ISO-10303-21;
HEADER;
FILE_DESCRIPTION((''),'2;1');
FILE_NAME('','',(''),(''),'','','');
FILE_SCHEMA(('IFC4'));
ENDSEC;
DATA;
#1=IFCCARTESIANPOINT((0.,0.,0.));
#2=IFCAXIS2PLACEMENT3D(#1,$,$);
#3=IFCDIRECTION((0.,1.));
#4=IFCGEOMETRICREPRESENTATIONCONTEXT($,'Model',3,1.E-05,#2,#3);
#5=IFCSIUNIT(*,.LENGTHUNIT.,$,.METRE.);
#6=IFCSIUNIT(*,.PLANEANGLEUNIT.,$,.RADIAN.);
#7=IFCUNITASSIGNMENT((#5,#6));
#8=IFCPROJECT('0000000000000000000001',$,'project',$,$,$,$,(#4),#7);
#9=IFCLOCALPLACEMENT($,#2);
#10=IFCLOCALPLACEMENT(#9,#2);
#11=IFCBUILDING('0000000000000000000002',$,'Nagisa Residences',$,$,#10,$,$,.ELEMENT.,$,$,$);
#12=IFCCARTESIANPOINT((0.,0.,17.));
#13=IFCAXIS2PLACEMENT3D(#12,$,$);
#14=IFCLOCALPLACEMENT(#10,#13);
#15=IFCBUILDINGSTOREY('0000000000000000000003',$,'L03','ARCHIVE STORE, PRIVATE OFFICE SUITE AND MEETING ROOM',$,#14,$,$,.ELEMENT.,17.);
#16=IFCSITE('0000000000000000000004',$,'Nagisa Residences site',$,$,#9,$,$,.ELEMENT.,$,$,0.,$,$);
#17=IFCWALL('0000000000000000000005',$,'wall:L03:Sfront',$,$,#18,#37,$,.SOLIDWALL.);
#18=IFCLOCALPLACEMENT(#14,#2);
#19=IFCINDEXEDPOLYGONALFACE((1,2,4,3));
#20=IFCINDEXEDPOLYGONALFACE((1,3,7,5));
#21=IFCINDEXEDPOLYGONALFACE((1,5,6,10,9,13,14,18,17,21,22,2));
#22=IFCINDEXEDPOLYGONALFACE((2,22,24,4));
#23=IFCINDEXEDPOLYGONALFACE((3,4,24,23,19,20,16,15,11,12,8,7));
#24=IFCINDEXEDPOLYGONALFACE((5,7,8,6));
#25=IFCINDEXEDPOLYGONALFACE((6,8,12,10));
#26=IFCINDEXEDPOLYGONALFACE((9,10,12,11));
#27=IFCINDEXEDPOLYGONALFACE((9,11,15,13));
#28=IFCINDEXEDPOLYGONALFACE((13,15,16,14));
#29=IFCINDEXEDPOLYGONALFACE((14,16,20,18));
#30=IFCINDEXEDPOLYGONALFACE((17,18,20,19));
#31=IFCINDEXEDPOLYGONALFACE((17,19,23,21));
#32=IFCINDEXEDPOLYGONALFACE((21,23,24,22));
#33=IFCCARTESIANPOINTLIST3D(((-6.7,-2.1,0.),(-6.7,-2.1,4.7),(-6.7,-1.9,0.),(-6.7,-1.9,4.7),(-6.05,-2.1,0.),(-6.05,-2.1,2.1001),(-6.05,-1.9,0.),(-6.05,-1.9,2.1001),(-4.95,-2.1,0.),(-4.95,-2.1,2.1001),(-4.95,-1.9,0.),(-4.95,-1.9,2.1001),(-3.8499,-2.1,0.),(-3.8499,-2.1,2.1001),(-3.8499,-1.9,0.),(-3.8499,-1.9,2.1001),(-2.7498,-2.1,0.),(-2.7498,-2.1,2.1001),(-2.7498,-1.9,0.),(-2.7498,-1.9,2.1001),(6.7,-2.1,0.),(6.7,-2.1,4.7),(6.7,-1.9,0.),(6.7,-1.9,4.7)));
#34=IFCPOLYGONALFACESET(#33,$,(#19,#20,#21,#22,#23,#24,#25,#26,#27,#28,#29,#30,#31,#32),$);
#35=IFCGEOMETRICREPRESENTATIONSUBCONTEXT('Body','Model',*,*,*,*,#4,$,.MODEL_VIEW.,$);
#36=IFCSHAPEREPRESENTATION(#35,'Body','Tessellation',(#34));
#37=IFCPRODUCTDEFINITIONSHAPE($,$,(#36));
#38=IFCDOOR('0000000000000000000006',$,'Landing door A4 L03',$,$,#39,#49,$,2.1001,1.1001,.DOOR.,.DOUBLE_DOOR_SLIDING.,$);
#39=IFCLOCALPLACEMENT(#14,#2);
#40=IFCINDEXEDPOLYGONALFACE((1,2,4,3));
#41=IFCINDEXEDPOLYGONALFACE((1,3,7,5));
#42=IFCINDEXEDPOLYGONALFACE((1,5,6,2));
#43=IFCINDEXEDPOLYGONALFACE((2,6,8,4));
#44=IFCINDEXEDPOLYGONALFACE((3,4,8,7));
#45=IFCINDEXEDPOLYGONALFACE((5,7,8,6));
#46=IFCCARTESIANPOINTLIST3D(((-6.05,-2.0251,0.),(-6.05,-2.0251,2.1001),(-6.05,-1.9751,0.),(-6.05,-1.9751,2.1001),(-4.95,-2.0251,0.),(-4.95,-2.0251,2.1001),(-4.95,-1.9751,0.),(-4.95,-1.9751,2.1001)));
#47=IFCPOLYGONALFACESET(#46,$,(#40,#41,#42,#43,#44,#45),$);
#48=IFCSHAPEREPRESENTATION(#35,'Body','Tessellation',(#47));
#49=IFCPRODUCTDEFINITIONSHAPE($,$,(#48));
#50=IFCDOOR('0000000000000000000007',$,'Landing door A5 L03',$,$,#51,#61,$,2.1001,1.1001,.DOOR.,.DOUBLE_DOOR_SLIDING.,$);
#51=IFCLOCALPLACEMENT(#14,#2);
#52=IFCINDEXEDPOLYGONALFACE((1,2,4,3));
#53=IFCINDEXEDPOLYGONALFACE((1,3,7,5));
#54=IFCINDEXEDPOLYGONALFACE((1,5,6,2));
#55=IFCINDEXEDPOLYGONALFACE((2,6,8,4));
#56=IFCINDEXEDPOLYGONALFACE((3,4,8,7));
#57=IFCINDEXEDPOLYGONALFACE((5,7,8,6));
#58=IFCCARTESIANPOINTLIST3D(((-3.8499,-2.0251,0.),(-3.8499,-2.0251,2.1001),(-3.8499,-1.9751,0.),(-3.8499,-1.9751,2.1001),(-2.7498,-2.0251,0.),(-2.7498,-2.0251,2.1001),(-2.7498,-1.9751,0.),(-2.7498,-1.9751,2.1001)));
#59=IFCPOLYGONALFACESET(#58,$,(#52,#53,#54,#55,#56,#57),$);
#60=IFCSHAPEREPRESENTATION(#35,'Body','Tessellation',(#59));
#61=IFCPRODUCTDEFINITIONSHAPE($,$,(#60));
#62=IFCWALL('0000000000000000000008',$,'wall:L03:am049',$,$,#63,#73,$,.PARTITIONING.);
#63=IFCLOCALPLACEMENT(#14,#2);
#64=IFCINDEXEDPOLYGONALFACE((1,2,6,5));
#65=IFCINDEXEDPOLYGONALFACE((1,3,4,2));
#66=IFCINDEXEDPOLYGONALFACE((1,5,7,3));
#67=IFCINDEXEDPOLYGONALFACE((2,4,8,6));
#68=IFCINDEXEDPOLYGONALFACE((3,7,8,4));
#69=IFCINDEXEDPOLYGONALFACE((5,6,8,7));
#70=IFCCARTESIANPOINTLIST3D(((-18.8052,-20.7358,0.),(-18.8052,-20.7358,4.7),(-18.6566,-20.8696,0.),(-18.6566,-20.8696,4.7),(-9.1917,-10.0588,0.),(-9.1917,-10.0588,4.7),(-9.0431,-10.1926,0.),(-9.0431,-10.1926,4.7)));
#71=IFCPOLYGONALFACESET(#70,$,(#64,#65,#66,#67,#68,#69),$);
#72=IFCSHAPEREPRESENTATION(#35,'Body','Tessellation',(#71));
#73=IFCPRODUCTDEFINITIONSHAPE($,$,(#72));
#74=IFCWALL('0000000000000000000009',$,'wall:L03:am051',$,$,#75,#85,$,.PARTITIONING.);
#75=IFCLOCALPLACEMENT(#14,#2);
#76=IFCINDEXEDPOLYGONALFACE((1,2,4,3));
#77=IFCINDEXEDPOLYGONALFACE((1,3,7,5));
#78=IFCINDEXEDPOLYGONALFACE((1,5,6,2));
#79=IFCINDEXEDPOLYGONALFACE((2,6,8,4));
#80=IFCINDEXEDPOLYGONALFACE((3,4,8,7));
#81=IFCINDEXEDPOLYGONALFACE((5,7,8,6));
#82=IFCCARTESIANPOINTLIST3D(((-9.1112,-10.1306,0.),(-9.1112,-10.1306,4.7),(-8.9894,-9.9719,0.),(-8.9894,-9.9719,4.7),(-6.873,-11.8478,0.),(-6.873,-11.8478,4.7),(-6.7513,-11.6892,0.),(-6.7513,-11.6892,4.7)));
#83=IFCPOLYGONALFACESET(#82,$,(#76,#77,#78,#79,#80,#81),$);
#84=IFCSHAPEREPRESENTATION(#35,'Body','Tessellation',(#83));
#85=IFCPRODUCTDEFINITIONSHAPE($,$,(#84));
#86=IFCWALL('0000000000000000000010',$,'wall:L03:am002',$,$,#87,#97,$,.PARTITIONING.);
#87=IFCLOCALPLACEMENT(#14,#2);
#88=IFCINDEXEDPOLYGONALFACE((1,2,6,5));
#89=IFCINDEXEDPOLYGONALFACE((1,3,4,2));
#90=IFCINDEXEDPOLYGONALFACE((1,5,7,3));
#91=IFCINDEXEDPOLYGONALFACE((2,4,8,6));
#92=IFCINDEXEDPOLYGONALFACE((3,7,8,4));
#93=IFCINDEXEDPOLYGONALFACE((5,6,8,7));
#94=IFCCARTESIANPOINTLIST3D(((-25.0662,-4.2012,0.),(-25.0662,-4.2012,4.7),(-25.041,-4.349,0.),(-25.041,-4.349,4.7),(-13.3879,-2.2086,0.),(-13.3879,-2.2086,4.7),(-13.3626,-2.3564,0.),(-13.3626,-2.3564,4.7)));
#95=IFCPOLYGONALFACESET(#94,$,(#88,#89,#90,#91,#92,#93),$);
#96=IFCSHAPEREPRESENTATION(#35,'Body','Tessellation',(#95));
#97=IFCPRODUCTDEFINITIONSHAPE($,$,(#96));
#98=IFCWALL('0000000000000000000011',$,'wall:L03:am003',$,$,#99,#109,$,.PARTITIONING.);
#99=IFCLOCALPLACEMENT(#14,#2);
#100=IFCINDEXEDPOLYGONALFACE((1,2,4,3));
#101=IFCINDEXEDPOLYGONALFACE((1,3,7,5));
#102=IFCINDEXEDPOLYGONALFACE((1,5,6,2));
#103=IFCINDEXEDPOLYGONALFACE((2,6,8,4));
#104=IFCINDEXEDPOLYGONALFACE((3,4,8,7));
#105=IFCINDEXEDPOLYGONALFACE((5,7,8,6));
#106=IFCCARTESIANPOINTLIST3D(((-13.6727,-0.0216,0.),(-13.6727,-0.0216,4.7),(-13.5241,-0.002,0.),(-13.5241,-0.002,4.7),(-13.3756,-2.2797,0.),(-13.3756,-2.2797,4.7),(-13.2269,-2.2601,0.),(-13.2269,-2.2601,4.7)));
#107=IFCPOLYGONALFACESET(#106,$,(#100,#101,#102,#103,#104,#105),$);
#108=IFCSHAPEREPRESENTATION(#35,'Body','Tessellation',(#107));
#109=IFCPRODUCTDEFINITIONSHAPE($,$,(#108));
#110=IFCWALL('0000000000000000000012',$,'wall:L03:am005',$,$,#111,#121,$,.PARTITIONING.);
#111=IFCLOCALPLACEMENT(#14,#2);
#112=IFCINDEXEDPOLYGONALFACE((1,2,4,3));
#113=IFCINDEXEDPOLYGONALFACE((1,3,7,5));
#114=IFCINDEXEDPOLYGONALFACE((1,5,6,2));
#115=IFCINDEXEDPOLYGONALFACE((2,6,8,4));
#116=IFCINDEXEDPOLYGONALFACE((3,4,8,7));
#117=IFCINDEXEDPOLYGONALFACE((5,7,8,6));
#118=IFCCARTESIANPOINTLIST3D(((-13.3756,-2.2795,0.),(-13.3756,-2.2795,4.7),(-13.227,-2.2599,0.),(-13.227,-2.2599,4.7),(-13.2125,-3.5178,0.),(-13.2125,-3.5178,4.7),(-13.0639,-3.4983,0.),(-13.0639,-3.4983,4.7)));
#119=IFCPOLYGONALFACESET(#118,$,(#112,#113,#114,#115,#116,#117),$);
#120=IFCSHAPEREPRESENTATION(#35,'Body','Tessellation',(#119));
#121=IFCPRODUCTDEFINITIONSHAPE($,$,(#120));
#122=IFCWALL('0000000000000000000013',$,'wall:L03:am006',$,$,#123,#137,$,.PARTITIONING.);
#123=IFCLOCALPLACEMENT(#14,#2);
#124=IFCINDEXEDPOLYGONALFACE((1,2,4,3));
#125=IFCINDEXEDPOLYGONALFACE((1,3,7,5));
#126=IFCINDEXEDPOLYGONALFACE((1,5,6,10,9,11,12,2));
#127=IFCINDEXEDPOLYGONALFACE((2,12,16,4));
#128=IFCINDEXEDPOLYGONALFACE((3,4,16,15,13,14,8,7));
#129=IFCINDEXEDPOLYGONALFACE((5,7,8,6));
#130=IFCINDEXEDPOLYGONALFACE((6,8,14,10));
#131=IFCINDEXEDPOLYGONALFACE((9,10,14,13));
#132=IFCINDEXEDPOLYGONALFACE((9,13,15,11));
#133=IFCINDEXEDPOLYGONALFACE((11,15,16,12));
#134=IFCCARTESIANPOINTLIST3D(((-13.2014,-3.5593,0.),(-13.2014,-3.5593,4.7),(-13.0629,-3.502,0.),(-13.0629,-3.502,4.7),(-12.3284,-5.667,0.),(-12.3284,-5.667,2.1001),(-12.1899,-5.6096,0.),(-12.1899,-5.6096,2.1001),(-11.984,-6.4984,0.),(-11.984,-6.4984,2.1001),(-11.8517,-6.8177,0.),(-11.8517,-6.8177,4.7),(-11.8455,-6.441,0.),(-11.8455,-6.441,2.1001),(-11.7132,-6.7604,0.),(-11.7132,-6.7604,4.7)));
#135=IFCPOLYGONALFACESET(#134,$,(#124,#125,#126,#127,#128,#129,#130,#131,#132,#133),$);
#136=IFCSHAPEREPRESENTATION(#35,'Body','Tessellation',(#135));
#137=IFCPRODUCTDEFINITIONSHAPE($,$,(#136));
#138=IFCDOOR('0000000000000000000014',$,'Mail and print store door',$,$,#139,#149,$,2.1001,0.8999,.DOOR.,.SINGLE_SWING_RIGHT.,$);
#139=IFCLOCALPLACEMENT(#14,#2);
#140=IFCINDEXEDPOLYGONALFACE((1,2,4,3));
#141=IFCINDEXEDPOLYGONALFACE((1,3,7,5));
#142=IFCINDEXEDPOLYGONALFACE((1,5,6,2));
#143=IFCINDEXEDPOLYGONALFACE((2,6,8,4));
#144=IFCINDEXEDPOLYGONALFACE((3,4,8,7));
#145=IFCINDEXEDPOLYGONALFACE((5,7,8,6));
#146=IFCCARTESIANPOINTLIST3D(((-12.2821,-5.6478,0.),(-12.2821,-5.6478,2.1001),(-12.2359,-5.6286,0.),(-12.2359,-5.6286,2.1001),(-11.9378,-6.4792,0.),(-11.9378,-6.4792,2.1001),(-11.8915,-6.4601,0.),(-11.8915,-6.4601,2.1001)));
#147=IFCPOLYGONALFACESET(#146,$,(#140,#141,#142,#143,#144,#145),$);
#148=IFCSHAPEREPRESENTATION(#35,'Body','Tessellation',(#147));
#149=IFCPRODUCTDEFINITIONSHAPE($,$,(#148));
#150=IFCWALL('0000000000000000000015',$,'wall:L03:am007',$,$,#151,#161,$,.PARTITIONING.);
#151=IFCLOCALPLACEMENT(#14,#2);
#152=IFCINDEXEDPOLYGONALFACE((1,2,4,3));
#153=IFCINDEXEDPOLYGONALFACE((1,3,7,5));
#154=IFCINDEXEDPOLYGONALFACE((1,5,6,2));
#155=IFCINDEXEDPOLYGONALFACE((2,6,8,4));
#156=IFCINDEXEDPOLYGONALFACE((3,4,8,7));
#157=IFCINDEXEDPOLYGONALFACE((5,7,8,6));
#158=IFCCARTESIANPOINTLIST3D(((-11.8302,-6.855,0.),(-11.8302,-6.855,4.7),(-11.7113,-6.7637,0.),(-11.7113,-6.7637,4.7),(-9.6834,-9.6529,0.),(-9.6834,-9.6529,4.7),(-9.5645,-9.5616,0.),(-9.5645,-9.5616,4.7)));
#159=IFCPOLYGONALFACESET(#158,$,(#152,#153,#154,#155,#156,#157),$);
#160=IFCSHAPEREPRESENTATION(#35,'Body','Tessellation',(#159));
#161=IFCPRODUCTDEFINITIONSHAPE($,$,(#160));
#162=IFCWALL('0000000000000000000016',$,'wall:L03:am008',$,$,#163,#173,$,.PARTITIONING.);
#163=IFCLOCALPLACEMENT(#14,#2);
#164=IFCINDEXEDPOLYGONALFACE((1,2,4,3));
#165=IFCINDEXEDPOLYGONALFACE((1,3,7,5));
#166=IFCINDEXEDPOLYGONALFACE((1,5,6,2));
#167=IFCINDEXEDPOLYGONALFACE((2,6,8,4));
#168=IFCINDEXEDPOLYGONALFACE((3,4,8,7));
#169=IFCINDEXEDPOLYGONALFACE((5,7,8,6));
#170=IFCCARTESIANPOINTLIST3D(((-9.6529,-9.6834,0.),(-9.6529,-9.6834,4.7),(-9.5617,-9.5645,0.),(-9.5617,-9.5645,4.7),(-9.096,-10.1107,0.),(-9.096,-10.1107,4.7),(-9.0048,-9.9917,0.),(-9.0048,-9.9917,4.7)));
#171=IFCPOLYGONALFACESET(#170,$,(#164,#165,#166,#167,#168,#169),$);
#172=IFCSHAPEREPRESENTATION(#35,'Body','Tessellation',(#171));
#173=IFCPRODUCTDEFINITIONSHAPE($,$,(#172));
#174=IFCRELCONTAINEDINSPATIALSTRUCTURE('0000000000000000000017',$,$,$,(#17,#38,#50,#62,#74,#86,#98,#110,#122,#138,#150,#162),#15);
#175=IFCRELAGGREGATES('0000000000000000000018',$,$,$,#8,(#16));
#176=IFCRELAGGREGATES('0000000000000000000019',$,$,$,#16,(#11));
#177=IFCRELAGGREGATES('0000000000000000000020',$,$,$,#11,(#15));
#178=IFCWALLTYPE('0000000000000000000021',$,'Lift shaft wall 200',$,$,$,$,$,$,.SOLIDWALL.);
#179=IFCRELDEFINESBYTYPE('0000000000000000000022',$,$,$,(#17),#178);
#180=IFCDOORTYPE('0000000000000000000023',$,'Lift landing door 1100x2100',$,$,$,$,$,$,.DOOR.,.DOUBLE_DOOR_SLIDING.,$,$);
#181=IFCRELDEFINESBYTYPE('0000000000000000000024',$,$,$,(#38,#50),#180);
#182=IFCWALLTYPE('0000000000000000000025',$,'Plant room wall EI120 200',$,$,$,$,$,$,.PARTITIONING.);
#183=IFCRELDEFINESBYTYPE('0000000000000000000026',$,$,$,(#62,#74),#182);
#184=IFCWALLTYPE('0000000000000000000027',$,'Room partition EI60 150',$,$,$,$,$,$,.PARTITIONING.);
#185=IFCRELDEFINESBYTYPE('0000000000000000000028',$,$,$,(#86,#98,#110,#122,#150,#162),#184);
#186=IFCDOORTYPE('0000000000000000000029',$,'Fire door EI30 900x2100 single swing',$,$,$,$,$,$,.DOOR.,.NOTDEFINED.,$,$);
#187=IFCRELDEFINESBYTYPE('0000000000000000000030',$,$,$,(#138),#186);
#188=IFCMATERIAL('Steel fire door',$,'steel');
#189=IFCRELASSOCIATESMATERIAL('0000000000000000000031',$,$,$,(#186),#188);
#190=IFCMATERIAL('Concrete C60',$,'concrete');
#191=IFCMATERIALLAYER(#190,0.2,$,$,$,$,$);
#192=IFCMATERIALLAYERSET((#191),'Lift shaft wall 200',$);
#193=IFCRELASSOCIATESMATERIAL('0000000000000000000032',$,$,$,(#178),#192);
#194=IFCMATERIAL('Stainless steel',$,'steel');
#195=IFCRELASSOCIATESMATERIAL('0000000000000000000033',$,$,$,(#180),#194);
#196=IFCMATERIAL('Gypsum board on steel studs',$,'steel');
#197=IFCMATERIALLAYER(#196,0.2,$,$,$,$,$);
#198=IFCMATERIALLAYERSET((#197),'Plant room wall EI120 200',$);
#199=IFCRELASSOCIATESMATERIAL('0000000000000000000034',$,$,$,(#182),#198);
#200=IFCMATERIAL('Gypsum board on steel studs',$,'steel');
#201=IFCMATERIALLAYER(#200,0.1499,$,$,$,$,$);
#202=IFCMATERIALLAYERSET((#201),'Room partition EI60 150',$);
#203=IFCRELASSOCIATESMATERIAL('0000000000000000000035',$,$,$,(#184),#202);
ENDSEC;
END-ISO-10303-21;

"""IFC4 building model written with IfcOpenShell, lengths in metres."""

from ifc_helpers import new_model, si_unit, direction, frame, frame_2d, origin, place, context, subcontext, project, spatial, rectangle, extrude, material, layer, layer_set, type_object, element, fill, save


model = new_model("IFC4")

# Units and contexts
model_context = context("Model", 3, precision=1e-05, world=origin(), true_north=direction((0.0, 1.0)))
body_context = subcontext(model_context, "Body", "Model", "MODEL_VIEW")
ifc_project = project(units=[si_unit("LENGTHUNIT", "METRE"), si_unit("PLANEANGLEUNIT", "RADIAN")], contexts=[model_context])

# Site, building, storey
site_placement = place(None, origin())
site = spatial("IfcSite", under=ifc_project, at=site_placement, Name="Nagisa Residences site", CompositionType="ELEMENT", RefElevation=0.0)
building_placement = place(site_placement, origin())
building = spatial("IfcBuilding", under=site, at=building_placement, Name="Nagisa Residences", CompositionType="ELEMENT")
storey_placement = place(building_placement, frame((0.0, 0.0, 17.0)))
storey = spatial("IfcBuildingStorey", under=building, at=storey_placement, Name="L03", Description="ARCHIVE STORE, PRIVATE OFFICE SUITE AND MEETING ROOM", CompositionType="ELEMENT", Elevation=17.0)

# Shared definitions
ifc_material_1 = material(Name="Steel fire door", Category="steel")
door_type_1 = type_object("IfcDoorType", Name="Fire door EI30 900x2100 single swing", OperationType="NOTDEFINED", PredefinedType="DOOR", material=ifc_material_1)

# Wall, openings, doors
ifc_material_2 = material(Name="Concrete C60", Category="concrete")
ifc_layer_1 = layer(ifc_material_2, 0.2)
ifc_layer_set_1 = layer_set([ifc_layer_1], Name="Lift shaft wall 200")
wall_type_1 = type_object("IfcWallType", Name="Lift shaft wall 200", PredefinedType="SOLIDWALL", material=ifc_layer_set_1)
wall_1_placement = place(storey_placement, frame((-6.7, -2.0, 0.0), z_axis=(0.0, 0.0, 1.0), x_axis=(1.0, 0.0, 0.0)))
wall_1 = element("IfcWall", 1, at=wall_1_placement, inside=storey, type_object=wall_type_1, Name="wall:L03:Sfront", PredefinedType="SOLIDWALL", context=body_context, shape_type="SweptSolid", body=[
    extrude(rectangle(XDim=13.3999, YDim=0.2, at=frame_2d((6.7, 0.0))), origin(), (0.0, 0.0, 1.0), 4.7),
])
opening_1_placement = place(wall_1_placement, frame((0.6499, 0.0, 0.0)))
opening_1 = element("IfcOpeningElement", 2, at=opening_1_placement, cuts=wall_1, PredefinedType="OPENING", context=body_context, shape_type="SweptSolid", body=[
    extrude(rectangle(XDim=1.1001, YDim=2.1001, at=frame_2d((0.55, 1.05))), frame((0.0, 0.1099, 0.0), z_axis=(0.0, -1.0, 0.0), x_axis=(1.0, 0.0, 0.0)), (0.0, 0.0, 1.0), 0.22),
])
opening_2_placement = place(wall_1_placement, frame((2.8501, 0.0, 0.0)))
opening_2 = element("IfcOpeningElement", 3, at=opening_2_placement, cuts=wall_1, PredefinedType="OPENING", context=body_context, shape_type="SweptSolid", body=[
    extrude(rectangle(XDim=1.1001, YDim=2.1001, at=frame_2d((0.55, 1.05))), frame((0.0, 0.1099, 0.0), z_axis=(0.0, -1.0, 0.0), x_axis=(1.0, 0.0, 0.0)), (0.0, 0.0, 1.0), 0.22),
])
ifc_material_3 = material(Name="Stainless steel", Category="steel")
door_type_2 = type_object("IfcDoorType", Name="Lift landing door 1100x2100", OperationType="DOUBLE_DOOR_SLIDING", PredefinedType="DOOR", material=ifc_material_3)
door_1_placement = place(opening_1_placement, origin())
door_1 = element("IfcDoor", 4, at=door_1_placement, inside=storey, type_object=door_type_2, Name="Landing door A4 L03", OperationType="DOUBLE_DOOR_SLIDING", OverallHeight=2.1001, OverallWidth=1.1001, PredefinedType="DOOR", context=body_context, shape_type="SweptSolid", body=[
    extrude(rectangle(XDim=1.1001, YDim=2.1001, at=frame_2d((0.55, 1.05))), frame((0.0, 0.0249, 0.0), z_axis=(0.0, -1.0, 0.0), x_axis=(1.0, 0.0, 0.0)), (0.0, 0.0, 1.0), 0.05),
])
fill(opening_1, door_1)
door_2_placement = place(opening_2_placement, origin())
door_2 = element("IfcDoor", 5, at=door_2_placement, inside=storey, type_object=door_type_2, Name="Landing door A5 L03", OperationType="DOUBLE_DOOR_SLIDING", OverallHeight=2.1001, OverallWidth=1.1001, PredefinedType="DOOR", context=body_context, shape_type="SweptSolid", body=[
    extrude(rectangle(XDim=1.1001, YDim=2.1001, at=frame_2d((0.55, 1.05))), frame((0.0, 0.0249, 0.0), z_axis=(0.0, -1.0, 0.0), x_axis=(1.0, 0.0, 0.0)), (0.0, 0.0, 1.0), 0.05),
])
fill(opening_2, door_2)

# Walls
ifc_material_4 = material(Name="Gypsum board on steel studs", Category="steel")
ifc_layer_2 = layer(ifc_material_4, 0.2)
ifc_layer_set_2 = layer_set([ifc_layer_2], Name="Plant room wall EI120 200")
wall_type_2 = type_object("IfcWallType", Name="Plant room wall EI120 200", PredefinedType="PARTITIONING", material=ifc_layer_set_2)
wall_2_placement = place(storey_placement, frame((-9.1174, -10.1257, 0.0), z_axis=(0.0, 0.0, 1.0), x_axis=(-0.669127, -0.743148, 0.0)))
element("IfcWall", 6, at=wall_2_placement, inside=storey, type_object=wall_type_2, Name="wall:L03:am049", PredefinedType="PARTITIONING", context=body_context, shape_type="SweptSolid", body=[
    extrude(rectangle(XDim=14.3672, YDim=0.2, at=frame_2d((7.1836, 0.0))), origin(), (0.0, 0.0, 1.0), 4.7),
])
wall_3_placement = place(storey_placement, frame((-6.812, -11.7686, 0.0), z_axis=(0.0, 0.0, 1.0), x_axis=(-0.793389, 0.608715, 0.0)))
element("IfcWall", 7, at=wall_3_placement, inside=storey, type_object=wall_type_2, Name="wall:L03:am051", PredefinedType="PARTITIONING", context=body_context, shape_type="SweptSolid", body=[
    extrude(rectangle(XDim=2.821, YDim=0.2, at=frame_2d((1.4106, 0.0))), origin(), (0.0, 0.0, 1.0), 4.7),
])
ifc_material_5 = material(Name="Gypsum board on steel studs", Category="steel")
ifc_layer_3 = layer(ifc_material_5, 0.1499)
ifc_layer_set_3 = layer_set([ifc_layer_3], Name="Room partition EI60 150")
wall_type_3 = type_object("IfcWallType", Name="Room partition EI60 150", PredefinedType="PARTITIONING", material=ifc_layer_set_3)
wall_4_placement = place(storey_placement, frame((-13.3752, -2.2825, 0.0), z_axis=(0.0, 0.0, 1.0), x_axis=(-0.985753, -0.168197, 0.0)))
element("IfcWall", 8, at=wall_4_placement, inside=storey, type_object=wall_type_3, Name="wall:L03:am002", PredefinedType="PARTITIONING", context=body_context, shape_type="SweptSolid", body=[
    extrude(rectangle(XDim=11.8472, YDim=0.1499, at=frame_2d((5.9236, 0.0))), origin(), (0.0, 0.0, 1.0), 4.7),
])
wall_5_placement = place(storey_placement, frame((-13.3013, -2.2698, 0.0), z_axis=(0.0, 0.0, 1.0), x_axis=(-0.130457, 0.991454, 0.0)))
element("IfcWall", 9, at=wall_5_placement, inside=storey, type_object=wall_type_3, Name="wall:L03:am003", PredefinedType="PARTITIONING", context=body_context, shape_type="SweptSolid", body=[
    extrude(rectangle(XDim=2.2776, YDim=0.1499, at=frame_2d((1.1387, 0.0))), origin(), (0.0, 0.0, 1.0), 4.7),
])
wall_6_placement = place(storey_placement, frame((-13.1382, -3.5081, 0.0), z_axis=(0.0, 0.0, 1.0), x_axis=(-0.130576, 0.991438, 0.0)))
element("IfcWall", 10, at=wall_6_placement, inside=storey, type_object=wall_type_3, Name="wall:L03:am005", PredefinedType="PARTITIONING", context=body_context, shape_type="SweptSolid", body=[
    extrude(rectangle(XDim=1.249, YDim=0.1499, at=frame_2d((0.6245, 0.0))), origin(), (0.0, 0.0, 1.0), 4.7),
])

# Wall, opening, door
wall_7_placement = place(storey_placement, frame((-11.7825, -6.7891, 0.0), z_axis=(0.0, 0.0, 1.0), x_axis=(-0.382678, 0.923882, 0.0)))
wall_7 = element("IfcWall", 11, at=wall_7_placement, inside=storey, type_object=wall_type_3, Name="wall:L03:am006", PredefinedType="PARTITIONING", context=body_context, shape_type="SweptSolid", body=[
    extrude(rectangle(XDim=3.5269, YDim=0.1499, at=frame_2d((1.7634, 0.0))), origin(), (0.0, 0.0, 1.0), 4.7),
])
opening_3_placement = place(wall_7_placement, frame((0.3457, 0.0, 0.0)))
opening_3 = element("IfcOpeningElement", 12, at=opening_3_placement, cuts=wall_7, PredefinedType="OPENING", context=body_context, shape_type="SweptSolid", body=[
    extrude(rectangle(XDim=0.8999, YDim=2.1001, at=frame_2d((0.45, 1.05))), frame((0.0, 0.085, 0.0), z_axis=(0.0, -1.0, 0.0), x_axis=(1.0, 0.0, 0.0)), (0.0, 0.0, 1.0), 0.1699),
])
door_3_placement = place(opening_3_placement, origin())
door_3 = element("IfcDoor", 13, at=door_3_placement, inside=storey, type_object=door_type_1, Name="Mail and print store door", OperationType="SINGLE_SWING_RIGHT", OverallHeight=2.1001, OverallWidth=0.8999, PredefinedType="DOOR", context=body_context, shape_type="SweptSolid", body=[
    extrude(rectangle(XDim=0.8999, YDim=2.1001, at=frame_2d((0.45, 1.05))), frame((0.0, 0.0249, 0.0), z_axis=(0.0, -1.0, 0.0), x_axis=(1.0, 0.0, 0.0)), (0.0, 0.0, 1.0), 0.05),
])
fill(opening_3, door_3)

# Walls
wall_8_placement = place(storey_placement, frame((-9.624, -9.6072, 0.0), z_axis=(0.0, 0.0, 1.0), x_axis=(-0.608737, 0.793372, 0.0)))
element("IfcWall", 14, at=wall_8_placement, inside=storey, type_object=wall_type_3, Name="wall:L03:am007", PredefinedType="PARTITIONING", context=body_context, shape_type="SweptSolid", body=[
    extrude(rectangle(XDim=3.5266, YDim=0.1499, at=frame_2d((1.7632, 0.0))), origin(), (0.0, 0.0, 1.0), 4.7),
])
wall_9_placement = place(storey_placement, frame((-9.0503, -10.0513, 0.0), z_axis=(0.0, 0.0, 1.0), x_axis=(-0.793399, 0.608702, 0.0)))
element("IfcWall", 15, at=wall_9_placement, inside=storey, type_object=wall_type_3, Name="wall:L03:am008", PredefinedType="PARTITIONING", context=body_context, shape_type="SweptSolid", body=[
    extrude(rectangle(XDim=0.7019, YDim=0.1499, at=frame_2d((0.3511, 0.0))), origin(), (0.0, 0.0, 1.0), 4.7),
])

save(model, "model.ifc")
